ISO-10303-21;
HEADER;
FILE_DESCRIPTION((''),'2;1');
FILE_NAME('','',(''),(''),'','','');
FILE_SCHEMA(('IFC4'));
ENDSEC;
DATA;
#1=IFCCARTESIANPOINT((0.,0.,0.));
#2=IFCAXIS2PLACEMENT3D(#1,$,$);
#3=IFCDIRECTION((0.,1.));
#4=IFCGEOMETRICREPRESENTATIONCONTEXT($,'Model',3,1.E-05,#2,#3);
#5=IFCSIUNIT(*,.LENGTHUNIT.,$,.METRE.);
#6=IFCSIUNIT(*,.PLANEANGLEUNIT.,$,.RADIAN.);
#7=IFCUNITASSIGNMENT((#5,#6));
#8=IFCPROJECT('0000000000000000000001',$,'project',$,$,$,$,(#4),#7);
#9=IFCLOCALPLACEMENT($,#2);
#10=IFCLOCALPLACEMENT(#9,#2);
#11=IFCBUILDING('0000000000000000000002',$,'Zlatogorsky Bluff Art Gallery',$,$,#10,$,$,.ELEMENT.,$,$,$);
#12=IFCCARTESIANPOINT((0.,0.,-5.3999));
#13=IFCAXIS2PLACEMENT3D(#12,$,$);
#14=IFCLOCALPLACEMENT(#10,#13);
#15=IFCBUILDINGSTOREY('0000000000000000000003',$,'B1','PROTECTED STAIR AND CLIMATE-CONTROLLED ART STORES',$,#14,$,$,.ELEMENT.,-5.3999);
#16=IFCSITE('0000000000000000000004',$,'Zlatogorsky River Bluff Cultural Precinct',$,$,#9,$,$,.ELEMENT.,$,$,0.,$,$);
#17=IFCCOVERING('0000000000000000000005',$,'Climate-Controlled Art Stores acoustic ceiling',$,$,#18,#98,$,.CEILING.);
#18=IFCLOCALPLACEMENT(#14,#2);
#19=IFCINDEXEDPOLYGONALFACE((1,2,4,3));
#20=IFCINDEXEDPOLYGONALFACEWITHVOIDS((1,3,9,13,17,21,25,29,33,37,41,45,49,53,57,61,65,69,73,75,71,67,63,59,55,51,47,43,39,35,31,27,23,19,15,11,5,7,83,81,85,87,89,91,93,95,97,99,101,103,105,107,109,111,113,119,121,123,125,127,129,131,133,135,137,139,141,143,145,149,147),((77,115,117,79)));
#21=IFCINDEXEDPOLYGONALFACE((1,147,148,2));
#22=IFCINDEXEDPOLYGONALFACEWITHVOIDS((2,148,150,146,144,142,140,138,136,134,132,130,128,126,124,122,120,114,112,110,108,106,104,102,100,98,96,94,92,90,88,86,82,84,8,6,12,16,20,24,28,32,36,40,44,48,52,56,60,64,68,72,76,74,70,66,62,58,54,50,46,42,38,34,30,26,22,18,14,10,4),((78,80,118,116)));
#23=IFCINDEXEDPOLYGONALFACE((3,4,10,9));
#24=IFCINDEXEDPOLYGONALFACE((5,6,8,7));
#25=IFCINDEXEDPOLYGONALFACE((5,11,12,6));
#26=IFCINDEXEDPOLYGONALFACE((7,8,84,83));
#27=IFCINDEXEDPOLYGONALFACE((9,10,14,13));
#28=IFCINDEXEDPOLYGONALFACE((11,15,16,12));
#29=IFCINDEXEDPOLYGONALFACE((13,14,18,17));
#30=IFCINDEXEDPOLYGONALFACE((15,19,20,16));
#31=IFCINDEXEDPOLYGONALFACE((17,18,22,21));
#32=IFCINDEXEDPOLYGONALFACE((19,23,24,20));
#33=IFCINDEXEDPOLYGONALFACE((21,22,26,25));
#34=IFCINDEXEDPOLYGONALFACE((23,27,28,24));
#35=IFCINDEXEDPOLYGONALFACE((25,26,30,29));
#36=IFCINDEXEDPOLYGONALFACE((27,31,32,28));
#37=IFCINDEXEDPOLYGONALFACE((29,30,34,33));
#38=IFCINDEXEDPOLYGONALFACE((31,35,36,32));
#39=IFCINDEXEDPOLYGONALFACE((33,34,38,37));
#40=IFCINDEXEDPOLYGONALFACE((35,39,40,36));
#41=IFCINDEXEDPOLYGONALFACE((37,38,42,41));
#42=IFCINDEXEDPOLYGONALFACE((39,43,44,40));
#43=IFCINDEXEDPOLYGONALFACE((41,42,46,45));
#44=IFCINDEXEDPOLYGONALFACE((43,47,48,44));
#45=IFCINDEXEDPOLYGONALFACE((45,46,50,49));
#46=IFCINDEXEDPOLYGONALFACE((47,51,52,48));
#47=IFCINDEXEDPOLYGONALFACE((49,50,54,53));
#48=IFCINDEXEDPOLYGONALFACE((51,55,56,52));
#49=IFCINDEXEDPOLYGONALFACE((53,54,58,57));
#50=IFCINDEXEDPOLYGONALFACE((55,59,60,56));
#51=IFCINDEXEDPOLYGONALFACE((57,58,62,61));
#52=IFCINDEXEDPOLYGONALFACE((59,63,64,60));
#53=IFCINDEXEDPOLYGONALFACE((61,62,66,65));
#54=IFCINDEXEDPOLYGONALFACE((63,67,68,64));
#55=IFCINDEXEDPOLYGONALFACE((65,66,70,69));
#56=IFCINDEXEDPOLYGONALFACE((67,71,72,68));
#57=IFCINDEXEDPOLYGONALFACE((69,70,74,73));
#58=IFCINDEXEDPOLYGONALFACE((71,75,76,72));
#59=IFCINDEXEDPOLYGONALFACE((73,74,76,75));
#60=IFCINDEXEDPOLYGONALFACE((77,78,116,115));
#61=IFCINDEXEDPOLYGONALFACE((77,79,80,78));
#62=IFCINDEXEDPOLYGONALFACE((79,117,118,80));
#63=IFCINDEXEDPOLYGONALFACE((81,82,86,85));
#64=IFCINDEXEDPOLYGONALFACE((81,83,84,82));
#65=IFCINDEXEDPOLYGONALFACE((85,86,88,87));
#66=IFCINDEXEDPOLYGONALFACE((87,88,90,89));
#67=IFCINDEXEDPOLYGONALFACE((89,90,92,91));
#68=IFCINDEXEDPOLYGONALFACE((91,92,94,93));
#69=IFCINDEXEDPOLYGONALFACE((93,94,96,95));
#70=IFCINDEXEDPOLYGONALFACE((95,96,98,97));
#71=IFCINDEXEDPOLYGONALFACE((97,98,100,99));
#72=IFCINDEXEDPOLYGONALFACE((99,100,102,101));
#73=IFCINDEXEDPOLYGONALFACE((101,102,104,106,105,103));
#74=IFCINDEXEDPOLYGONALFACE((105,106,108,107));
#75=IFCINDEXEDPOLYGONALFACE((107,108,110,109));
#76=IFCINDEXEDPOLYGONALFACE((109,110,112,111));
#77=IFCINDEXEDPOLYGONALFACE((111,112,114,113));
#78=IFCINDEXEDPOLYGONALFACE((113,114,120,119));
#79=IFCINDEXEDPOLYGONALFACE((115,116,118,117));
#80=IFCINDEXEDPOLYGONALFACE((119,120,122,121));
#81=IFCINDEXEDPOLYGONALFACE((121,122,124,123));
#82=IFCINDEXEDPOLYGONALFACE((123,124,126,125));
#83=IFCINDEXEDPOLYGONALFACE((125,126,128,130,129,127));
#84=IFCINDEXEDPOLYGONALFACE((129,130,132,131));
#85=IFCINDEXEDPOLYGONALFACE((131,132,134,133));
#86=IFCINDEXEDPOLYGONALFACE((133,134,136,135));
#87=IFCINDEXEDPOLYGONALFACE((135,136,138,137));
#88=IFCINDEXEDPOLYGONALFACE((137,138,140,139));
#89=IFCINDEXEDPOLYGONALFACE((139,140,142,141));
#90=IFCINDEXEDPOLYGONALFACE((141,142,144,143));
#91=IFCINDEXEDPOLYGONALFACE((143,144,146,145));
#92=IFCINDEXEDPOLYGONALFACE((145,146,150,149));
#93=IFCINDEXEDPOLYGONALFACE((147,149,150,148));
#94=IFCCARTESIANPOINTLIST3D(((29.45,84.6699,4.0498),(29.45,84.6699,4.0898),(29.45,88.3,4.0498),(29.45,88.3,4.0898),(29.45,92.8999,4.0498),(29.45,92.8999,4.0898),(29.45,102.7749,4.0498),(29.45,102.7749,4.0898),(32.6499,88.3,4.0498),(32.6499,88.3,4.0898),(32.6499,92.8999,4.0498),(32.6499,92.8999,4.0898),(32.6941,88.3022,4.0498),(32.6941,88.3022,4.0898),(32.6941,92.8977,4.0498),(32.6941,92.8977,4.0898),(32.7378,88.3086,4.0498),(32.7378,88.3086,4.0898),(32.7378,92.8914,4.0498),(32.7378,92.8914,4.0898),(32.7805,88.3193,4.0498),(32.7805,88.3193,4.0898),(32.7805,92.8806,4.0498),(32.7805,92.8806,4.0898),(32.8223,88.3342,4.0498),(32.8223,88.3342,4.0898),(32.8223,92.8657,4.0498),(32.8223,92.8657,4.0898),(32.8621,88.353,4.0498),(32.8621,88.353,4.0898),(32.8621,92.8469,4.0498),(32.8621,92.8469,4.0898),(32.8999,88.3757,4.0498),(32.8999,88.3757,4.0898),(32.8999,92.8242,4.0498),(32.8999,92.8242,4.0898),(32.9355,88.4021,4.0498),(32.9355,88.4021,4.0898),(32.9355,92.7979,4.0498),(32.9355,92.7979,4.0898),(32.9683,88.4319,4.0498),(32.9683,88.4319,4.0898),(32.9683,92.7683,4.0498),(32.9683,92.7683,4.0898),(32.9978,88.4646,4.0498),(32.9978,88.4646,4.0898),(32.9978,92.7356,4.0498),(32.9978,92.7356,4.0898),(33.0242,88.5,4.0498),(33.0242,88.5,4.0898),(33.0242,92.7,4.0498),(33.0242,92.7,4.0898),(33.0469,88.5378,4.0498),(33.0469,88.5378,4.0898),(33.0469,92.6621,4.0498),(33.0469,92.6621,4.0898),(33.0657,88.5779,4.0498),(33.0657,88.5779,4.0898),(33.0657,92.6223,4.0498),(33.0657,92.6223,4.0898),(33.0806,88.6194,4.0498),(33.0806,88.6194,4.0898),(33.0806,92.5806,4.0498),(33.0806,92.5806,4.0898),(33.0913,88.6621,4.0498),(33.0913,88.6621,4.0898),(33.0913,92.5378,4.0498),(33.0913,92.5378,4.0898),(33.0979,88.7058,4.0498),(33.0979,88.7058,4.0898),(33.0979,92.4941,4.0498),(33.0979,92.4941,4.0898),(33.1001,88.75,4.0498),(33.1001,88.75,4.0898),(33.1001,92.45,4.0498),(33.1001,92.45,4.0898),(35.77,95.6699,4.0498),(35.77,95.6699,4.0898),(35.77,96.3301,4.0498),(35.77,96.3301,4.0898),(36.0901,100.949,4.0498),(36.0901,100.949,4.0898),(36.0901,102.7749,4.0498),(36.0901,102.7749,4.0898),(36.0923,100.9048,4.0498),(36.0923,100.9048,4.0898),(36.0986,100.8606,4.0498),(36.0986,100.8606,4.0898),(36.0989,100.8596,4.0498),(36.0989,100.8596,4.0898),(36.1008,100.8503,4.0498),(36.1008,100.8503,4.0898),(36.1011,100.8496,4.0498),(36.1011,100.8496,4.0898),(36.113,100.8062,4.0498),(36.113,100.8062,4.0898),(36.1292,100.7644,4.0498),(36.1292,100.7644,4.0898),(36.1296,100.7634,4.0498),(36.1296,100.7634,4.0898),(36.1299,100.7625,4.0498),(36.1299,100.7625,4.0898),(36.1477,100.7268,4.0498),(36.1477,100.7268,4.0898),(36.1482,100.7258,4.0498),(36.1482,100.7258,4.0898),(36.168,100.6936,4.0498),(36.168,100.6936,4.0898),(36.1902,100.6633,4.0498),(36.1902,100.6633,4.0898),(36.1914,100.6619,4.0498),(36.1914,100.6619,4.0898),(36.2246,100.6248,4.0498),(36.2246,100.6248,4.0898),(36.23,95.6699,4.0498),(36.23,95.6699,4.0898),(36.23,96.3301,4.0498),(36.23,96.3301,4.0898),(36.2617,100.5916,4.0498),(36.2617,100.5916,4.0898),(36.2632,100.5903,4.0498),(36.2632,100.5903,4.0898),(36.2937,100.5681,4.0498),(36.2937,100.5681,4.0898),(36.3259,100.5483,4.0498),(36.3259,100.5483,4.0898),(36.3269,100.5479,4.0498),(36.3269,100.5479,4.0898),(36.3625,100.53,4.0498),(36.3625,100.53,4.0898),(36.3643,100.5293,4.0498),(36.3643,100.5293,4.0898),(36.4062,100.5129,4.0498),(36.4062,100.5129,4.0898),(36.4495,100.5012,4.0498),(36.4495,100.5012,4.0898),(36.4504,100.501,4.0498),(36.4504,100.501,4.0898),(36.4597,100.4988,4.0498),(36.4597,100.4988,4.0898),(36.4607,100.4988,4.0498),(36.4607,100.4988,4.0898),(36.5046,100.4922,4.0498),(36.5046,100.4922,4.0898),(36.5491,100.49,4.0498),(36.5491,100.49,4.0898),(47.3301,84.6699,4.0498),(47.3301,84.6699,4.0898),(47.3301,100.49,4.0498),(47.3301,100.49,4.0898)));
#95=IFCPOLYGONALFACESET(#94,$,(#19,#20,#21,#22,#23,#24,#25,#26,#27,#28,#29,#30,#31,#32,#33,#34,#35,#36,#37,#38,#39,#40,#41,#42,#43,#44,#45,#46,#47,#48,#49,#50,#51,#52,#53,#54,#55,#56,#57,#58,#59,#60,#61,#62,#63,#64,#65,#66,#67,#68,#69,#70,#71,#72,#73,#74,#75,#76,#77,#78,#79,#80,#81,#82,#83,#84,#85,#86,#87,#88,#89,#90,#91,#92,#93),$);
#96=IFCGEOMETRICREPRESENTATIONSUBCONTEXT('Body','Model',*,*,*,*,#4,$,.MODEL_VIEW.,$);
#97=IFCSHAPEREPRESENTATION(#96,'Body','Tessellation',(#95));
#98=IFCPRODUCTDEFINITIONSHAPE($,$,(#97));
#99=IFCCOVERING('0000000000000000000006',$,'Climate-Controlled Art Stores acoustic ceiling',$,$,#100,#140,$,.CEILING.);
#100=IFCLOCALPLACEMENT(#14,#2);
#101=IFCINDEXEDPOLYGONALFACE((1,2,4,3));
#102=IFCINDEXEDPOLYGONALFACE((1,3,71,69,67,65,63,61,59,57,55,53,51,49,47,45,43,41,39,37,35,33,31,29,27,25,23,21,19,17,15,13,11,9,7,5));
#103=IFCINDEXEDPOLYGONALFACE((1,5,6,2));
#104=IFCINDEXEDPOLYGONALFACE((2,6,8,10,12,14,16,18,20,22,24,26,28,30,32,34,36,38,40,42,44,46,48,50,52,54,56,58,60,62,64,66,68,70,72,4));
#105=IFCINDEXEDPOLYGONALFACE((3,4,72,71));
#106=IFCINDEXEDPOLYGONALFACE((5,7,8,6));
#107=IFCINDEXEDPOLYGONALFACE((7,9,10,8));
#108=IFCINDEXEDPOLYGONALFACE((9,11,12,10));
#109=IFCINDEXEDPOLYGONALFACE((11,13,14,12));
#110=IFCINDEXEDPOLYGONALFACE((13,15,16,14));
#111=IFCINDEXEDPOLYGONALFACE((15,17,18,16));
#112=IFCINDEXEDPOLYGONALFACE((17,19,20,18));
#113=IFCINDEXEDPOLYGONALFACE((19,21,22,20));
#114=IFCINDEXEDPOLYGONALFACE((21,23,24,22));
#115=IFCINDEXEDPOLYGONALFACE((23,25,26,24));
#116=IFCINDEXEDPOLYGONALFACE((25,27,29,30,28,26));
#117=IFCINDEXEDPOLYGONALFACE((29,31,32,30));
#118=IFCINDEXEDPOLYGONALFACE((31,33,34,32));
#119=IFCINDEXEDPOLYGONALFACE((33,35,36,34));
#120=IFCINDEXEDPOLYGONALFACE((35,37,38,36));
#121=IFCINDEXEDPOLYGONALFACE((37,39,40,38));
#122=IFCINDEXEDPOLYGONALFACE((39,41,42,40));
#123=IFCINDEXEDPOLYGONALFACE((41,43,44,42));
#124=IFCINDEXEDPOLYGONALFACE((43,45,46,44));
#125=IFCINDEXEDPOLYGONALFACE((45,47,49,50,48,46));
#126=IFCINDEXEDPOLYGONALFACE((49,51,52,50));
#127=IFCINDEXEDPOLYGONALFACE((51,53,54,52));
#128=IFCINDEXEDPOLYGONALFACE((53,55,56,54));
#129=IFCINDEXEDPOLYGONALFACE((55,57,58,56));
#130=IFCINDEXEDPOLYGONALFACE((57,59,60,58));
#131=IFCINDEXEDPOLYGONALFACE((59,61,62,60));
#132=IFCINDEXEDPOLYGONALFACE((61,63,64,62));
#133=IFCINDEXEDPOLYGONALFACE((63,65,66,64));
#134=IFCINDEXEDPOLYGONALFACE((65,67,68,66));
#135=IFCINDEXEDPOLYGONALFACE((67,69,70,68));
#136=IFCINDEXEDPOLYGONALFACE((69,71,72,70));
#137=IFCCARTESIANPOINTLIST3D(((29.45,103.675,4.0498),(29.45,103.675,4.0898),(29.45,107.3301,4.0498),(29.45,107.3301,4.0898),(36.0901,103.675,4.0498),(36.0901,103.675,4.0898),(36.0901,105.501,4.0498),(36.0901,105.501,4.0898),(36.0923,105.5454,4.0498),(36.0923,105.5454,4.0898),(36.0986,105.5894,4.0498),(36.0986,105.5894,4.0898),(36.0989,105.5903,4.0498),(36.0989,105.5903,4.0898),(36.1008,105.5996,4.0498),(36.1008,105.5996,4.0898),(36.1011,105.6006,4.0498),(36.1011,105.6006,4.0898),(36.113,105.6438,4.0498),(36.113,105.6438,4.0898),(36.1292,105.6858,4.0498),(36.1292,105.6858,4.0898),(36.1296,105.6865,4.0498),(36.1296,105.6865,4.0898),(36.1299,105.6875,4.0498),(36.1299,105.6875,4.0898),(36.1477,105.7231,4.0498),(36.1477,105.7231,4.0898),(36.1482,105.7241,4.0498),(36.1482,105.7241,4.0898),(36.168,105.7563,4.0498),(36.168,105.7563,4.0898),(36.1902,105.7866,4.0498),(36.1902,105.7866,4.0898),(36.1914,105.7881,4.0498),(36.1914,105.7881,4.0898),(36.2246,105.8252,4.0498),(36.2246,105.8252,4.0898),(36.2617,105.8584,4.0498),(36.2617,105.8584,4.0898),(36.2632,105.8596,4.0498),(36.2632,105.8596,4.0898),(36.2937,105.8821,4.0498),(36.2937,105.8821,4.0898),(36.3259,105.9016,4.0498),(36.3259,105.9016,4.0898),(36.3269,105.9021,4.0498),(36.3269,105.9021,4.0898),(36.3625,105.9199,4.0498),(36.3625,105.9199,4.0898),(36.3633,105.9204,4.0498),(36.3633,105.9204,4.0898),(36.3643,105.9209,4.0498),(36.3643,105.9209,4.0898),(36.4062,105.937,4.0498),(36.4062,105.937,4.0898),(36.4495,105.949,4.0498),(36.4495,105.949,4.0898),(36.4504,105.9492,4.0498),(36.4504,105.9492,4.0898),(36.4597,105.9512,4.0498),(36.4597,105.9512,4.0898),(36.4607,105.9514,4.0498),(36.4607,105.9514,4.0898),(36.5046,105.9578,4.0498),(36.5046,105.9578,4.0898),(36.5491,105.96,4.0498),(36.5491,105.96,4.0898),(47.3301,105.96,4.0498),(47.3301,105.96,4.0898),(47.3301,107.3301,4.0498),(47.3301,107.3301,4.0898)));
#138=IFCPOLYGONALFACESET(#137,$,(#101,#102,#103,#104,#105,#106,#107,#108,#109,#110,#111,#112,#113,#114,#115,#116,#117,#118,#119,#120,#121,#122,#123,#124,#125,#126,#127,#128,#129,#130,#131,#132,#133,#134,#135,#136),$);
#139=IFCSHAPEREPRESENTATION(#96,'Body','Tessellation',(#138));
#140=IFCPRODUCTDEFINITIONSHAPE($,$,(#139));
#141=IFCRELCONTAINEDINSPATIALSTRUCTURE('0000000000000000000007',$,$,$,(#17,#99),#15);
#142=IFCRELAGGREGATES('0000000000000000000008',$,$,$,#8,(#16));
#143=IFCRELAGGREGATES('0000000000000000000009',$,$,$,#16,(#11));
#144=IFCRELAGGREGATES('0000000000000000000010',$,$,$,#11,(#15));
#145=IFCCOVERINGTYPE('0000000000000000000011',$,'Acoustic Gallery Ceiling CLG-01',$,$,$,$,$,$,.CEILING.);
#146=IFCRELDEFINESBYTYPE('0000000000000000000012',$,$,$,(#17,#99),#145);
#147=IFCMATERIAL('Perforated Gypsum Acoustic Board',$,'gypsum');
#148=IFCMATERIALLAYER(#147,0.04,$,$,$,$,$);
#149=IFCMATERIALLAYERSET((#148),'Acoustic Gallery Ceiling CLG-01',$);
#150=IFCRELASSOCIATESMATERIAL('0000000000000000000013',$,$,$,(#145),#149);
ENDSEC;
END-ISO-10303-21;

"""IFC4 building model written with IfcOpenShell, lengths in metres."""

from ifc_helpers import new_model, si_unit, direction, frame, origin, place, context, subcontext, project, spatial, polyline, outline, extrude, material, layer, layer_set, type_object, element, save


model = new_model("IFC4")

# Units and contexts
model_context = context("Model", 3, precision=1e-05, world=origin(), true_north=direction((0.0, 1.0)))
body_context = subcontext(model_context, "Body", "Model", "MODEL_VIEW")
ifc_project = project(units=[si_unit("LENGTHUNIT", "METRE"), si_unit("PLANEANGLEUNIT", "RADIAN")], contexts=[model_context])

# Site, building, storey
site_placement = place(None, origin())
site = spatial("IfcSite", under=ifc_project, at=site_placement, Name="Zlatogorsky River Bluff Cultural Precinct", CompositionType="ELEMENT", RefElevation=0.0)
building_placement = place(site_placement, origin())
building = spatial("IfcBuilding", under=site, at=building_placement, Name="Zlatogorsky Bluff Art Gallery", CompositionType="ELEMENT")
storey_placement = place(building_placement, frame((0.0, 0.0, -5.3999)))
storey = spatial("IfcBuildingStorey", under=building, at=storey_placement, Name="B1", Description="PROTECTED STAIR AND CLIMATE-CONTROLLED ART STORES", CompositionType="ELEMENT", Elevation=-5.3999)

# Coverings
ifc_material_1 = material(Name="Perforated Gypsum Acoustic Board", Category="gypsum")
ifc_layer_1 = layer(ifc_material_1, 0.04)
ifc_layer_set_1 = layer_set([ifc_layer_1], Name="Acoustic Gallery Ceiling CLG-01")
covering_type_1 = type_object("IfcCoveringType", Name="Acoustic Gallery Ceiling CLG-01", PredefinedType="CEILING", material=ifc_layer_set_1)
covering_1_placement = place(storey_placement, frame((0.0, 0.0, 4.0498)))
element("IfcCovering", 1, at=covering_1_placement, inside=storey, type_object=covering_type_1, Name="Climate-Controlled Art Stores acoustic ceiling", PredefinedType="CEILING", context=body_context, shape_type="SweptSolid", body=[
    extrude(outline(polyline([(32.6499, 88.3), (32.6941, 88.3022), (32.7378, 88.3086), (32.7805, 88.3193), (32.8223, 88.3342), (32.8621, 88.353), (32.8999, 88.3757), (32.9355, 88.4021), (32.9683, 88.4319), (32.9978, 88.4646), (33.0242, 88.5), (33.0469, 88.5378), (33.0657, 88.5779), (33.0806, 88.6194), (33.0913, 88.6621), (33.0979, 88.7058), (33.1001, 88.75), (33.1001, 92.45), (33.0979, 92.4941), (33.0913, 92.5378), (33.0806, 92.5806), (33.0657, 92.6223), (33.0469, 92.6621), (33.0242, 92.7), (32.9978, 92.7356), (32.9683, 92.7683), (32.9355, 92.7979), (32.8999, 92.8242), (32.8621, 92.8469), (32.8223, 92.8657), (32.7805, 92.8806), (32.7378, 92.8914), (32.6941, 92.8977), (32.6499, 92.8999), (29.45, 92.8999), (29.45, 102.7749), (36.0901, 102.7749), (36.0901, 100.949), (36.0923, 100.9048), (36.0986, 100.8606), (36.0989, 100.8596), (36.1008, 100.8503), (36.1011, 100.8496), (36.113, 100.8062), (36.1292, 100.7644), (36.1296, 100.7634), (36.1299, 100.7625), (36.1477, 100.7268), (36.1482, 100.7258), (36.168, 100.6936), (36.1902, 100.6633), (36.1914, 100.6619), (36.2246, 100.6248), (36.2617, 100.5916), (36.2632, 100.5903), (36.2937, 100.5681), (36.3259, 100.5483), (36.3269, 100.5479), (36.3625, 100.53), (36.3643, 100.5293), (36.4062, 100.5129), (36.4495, 100.5012), (36.4504, 100.501), (36.4597, 100.4988), (36.4607, 100.4988), (36.5046, 100.4922), (36.5491, 100.49), (47.3301, 100.49), (47.3301, 84.6699), (29.45, 84.6699), (29.45, 88.3), (32.6499, 88.3)]), holes=[polyline([(35.77, 96.3301), (35.77, 95.6699), (36.23, 95.6699), (36.23, 96.3301), (35.77, 96.3301)])]), origin(), (0.0, 0.0, 1.0), 0.04),
])
covering_2_placement = place(storey_placement, frame((0.0, 0.0, 4.0498)))
element("IfcCovering", 2, at=covering_2_placement, inside=storey, type_object=covering_type_1, Name="Climate-Controlled Art Stores acoustic ceiling", PredefinedType="CEILING", context=body_context, shape_type="SweptSolid", body=[
    extrude(outline(polyline([(36.5491, 105.96), (36.5046, 105.9578), (36.4607, 105.9514), (36.4597, 105.9512), (36.4504, 105.9492), (36.4495, 105.949), (36.4062, 105.937), (36.3643, 105.9209), (36.3633, 105.9204), (36.3625, 105.9199), (36.3269, 105.9021), (36.3259, 105.9016), (36.2937, 105.8821), (36.2632, 105.8596), (36.2617, 105.8584), (36.2246, 105.8252), (36.1914, 105.7881), (36.1902, 105.7866), (36.168, 105.7563), (36.1482, 105.7241), (36.1477, 105.7231), (36.1299, 105.6875), (36.1296, 105.6865), (36.1292, 105.6858), (36.113, 105.6438), (36.1011, 105.6006), (36.1008, 105.5996), (36.0989, 105.5903), (36.0986, 105.5894), (36.0923, 105.5454), (36.0901, 105.501), (36.0901, 103.675), (29.45, 103.675), (29.45, 107.3301), (47.3301, 107.3301), (47.3301, 105.96), (36.5491, 105.96)])), origin(), (0.0, 0.0, 1.0), 0.04),
])

save(model, "model.ifc")
